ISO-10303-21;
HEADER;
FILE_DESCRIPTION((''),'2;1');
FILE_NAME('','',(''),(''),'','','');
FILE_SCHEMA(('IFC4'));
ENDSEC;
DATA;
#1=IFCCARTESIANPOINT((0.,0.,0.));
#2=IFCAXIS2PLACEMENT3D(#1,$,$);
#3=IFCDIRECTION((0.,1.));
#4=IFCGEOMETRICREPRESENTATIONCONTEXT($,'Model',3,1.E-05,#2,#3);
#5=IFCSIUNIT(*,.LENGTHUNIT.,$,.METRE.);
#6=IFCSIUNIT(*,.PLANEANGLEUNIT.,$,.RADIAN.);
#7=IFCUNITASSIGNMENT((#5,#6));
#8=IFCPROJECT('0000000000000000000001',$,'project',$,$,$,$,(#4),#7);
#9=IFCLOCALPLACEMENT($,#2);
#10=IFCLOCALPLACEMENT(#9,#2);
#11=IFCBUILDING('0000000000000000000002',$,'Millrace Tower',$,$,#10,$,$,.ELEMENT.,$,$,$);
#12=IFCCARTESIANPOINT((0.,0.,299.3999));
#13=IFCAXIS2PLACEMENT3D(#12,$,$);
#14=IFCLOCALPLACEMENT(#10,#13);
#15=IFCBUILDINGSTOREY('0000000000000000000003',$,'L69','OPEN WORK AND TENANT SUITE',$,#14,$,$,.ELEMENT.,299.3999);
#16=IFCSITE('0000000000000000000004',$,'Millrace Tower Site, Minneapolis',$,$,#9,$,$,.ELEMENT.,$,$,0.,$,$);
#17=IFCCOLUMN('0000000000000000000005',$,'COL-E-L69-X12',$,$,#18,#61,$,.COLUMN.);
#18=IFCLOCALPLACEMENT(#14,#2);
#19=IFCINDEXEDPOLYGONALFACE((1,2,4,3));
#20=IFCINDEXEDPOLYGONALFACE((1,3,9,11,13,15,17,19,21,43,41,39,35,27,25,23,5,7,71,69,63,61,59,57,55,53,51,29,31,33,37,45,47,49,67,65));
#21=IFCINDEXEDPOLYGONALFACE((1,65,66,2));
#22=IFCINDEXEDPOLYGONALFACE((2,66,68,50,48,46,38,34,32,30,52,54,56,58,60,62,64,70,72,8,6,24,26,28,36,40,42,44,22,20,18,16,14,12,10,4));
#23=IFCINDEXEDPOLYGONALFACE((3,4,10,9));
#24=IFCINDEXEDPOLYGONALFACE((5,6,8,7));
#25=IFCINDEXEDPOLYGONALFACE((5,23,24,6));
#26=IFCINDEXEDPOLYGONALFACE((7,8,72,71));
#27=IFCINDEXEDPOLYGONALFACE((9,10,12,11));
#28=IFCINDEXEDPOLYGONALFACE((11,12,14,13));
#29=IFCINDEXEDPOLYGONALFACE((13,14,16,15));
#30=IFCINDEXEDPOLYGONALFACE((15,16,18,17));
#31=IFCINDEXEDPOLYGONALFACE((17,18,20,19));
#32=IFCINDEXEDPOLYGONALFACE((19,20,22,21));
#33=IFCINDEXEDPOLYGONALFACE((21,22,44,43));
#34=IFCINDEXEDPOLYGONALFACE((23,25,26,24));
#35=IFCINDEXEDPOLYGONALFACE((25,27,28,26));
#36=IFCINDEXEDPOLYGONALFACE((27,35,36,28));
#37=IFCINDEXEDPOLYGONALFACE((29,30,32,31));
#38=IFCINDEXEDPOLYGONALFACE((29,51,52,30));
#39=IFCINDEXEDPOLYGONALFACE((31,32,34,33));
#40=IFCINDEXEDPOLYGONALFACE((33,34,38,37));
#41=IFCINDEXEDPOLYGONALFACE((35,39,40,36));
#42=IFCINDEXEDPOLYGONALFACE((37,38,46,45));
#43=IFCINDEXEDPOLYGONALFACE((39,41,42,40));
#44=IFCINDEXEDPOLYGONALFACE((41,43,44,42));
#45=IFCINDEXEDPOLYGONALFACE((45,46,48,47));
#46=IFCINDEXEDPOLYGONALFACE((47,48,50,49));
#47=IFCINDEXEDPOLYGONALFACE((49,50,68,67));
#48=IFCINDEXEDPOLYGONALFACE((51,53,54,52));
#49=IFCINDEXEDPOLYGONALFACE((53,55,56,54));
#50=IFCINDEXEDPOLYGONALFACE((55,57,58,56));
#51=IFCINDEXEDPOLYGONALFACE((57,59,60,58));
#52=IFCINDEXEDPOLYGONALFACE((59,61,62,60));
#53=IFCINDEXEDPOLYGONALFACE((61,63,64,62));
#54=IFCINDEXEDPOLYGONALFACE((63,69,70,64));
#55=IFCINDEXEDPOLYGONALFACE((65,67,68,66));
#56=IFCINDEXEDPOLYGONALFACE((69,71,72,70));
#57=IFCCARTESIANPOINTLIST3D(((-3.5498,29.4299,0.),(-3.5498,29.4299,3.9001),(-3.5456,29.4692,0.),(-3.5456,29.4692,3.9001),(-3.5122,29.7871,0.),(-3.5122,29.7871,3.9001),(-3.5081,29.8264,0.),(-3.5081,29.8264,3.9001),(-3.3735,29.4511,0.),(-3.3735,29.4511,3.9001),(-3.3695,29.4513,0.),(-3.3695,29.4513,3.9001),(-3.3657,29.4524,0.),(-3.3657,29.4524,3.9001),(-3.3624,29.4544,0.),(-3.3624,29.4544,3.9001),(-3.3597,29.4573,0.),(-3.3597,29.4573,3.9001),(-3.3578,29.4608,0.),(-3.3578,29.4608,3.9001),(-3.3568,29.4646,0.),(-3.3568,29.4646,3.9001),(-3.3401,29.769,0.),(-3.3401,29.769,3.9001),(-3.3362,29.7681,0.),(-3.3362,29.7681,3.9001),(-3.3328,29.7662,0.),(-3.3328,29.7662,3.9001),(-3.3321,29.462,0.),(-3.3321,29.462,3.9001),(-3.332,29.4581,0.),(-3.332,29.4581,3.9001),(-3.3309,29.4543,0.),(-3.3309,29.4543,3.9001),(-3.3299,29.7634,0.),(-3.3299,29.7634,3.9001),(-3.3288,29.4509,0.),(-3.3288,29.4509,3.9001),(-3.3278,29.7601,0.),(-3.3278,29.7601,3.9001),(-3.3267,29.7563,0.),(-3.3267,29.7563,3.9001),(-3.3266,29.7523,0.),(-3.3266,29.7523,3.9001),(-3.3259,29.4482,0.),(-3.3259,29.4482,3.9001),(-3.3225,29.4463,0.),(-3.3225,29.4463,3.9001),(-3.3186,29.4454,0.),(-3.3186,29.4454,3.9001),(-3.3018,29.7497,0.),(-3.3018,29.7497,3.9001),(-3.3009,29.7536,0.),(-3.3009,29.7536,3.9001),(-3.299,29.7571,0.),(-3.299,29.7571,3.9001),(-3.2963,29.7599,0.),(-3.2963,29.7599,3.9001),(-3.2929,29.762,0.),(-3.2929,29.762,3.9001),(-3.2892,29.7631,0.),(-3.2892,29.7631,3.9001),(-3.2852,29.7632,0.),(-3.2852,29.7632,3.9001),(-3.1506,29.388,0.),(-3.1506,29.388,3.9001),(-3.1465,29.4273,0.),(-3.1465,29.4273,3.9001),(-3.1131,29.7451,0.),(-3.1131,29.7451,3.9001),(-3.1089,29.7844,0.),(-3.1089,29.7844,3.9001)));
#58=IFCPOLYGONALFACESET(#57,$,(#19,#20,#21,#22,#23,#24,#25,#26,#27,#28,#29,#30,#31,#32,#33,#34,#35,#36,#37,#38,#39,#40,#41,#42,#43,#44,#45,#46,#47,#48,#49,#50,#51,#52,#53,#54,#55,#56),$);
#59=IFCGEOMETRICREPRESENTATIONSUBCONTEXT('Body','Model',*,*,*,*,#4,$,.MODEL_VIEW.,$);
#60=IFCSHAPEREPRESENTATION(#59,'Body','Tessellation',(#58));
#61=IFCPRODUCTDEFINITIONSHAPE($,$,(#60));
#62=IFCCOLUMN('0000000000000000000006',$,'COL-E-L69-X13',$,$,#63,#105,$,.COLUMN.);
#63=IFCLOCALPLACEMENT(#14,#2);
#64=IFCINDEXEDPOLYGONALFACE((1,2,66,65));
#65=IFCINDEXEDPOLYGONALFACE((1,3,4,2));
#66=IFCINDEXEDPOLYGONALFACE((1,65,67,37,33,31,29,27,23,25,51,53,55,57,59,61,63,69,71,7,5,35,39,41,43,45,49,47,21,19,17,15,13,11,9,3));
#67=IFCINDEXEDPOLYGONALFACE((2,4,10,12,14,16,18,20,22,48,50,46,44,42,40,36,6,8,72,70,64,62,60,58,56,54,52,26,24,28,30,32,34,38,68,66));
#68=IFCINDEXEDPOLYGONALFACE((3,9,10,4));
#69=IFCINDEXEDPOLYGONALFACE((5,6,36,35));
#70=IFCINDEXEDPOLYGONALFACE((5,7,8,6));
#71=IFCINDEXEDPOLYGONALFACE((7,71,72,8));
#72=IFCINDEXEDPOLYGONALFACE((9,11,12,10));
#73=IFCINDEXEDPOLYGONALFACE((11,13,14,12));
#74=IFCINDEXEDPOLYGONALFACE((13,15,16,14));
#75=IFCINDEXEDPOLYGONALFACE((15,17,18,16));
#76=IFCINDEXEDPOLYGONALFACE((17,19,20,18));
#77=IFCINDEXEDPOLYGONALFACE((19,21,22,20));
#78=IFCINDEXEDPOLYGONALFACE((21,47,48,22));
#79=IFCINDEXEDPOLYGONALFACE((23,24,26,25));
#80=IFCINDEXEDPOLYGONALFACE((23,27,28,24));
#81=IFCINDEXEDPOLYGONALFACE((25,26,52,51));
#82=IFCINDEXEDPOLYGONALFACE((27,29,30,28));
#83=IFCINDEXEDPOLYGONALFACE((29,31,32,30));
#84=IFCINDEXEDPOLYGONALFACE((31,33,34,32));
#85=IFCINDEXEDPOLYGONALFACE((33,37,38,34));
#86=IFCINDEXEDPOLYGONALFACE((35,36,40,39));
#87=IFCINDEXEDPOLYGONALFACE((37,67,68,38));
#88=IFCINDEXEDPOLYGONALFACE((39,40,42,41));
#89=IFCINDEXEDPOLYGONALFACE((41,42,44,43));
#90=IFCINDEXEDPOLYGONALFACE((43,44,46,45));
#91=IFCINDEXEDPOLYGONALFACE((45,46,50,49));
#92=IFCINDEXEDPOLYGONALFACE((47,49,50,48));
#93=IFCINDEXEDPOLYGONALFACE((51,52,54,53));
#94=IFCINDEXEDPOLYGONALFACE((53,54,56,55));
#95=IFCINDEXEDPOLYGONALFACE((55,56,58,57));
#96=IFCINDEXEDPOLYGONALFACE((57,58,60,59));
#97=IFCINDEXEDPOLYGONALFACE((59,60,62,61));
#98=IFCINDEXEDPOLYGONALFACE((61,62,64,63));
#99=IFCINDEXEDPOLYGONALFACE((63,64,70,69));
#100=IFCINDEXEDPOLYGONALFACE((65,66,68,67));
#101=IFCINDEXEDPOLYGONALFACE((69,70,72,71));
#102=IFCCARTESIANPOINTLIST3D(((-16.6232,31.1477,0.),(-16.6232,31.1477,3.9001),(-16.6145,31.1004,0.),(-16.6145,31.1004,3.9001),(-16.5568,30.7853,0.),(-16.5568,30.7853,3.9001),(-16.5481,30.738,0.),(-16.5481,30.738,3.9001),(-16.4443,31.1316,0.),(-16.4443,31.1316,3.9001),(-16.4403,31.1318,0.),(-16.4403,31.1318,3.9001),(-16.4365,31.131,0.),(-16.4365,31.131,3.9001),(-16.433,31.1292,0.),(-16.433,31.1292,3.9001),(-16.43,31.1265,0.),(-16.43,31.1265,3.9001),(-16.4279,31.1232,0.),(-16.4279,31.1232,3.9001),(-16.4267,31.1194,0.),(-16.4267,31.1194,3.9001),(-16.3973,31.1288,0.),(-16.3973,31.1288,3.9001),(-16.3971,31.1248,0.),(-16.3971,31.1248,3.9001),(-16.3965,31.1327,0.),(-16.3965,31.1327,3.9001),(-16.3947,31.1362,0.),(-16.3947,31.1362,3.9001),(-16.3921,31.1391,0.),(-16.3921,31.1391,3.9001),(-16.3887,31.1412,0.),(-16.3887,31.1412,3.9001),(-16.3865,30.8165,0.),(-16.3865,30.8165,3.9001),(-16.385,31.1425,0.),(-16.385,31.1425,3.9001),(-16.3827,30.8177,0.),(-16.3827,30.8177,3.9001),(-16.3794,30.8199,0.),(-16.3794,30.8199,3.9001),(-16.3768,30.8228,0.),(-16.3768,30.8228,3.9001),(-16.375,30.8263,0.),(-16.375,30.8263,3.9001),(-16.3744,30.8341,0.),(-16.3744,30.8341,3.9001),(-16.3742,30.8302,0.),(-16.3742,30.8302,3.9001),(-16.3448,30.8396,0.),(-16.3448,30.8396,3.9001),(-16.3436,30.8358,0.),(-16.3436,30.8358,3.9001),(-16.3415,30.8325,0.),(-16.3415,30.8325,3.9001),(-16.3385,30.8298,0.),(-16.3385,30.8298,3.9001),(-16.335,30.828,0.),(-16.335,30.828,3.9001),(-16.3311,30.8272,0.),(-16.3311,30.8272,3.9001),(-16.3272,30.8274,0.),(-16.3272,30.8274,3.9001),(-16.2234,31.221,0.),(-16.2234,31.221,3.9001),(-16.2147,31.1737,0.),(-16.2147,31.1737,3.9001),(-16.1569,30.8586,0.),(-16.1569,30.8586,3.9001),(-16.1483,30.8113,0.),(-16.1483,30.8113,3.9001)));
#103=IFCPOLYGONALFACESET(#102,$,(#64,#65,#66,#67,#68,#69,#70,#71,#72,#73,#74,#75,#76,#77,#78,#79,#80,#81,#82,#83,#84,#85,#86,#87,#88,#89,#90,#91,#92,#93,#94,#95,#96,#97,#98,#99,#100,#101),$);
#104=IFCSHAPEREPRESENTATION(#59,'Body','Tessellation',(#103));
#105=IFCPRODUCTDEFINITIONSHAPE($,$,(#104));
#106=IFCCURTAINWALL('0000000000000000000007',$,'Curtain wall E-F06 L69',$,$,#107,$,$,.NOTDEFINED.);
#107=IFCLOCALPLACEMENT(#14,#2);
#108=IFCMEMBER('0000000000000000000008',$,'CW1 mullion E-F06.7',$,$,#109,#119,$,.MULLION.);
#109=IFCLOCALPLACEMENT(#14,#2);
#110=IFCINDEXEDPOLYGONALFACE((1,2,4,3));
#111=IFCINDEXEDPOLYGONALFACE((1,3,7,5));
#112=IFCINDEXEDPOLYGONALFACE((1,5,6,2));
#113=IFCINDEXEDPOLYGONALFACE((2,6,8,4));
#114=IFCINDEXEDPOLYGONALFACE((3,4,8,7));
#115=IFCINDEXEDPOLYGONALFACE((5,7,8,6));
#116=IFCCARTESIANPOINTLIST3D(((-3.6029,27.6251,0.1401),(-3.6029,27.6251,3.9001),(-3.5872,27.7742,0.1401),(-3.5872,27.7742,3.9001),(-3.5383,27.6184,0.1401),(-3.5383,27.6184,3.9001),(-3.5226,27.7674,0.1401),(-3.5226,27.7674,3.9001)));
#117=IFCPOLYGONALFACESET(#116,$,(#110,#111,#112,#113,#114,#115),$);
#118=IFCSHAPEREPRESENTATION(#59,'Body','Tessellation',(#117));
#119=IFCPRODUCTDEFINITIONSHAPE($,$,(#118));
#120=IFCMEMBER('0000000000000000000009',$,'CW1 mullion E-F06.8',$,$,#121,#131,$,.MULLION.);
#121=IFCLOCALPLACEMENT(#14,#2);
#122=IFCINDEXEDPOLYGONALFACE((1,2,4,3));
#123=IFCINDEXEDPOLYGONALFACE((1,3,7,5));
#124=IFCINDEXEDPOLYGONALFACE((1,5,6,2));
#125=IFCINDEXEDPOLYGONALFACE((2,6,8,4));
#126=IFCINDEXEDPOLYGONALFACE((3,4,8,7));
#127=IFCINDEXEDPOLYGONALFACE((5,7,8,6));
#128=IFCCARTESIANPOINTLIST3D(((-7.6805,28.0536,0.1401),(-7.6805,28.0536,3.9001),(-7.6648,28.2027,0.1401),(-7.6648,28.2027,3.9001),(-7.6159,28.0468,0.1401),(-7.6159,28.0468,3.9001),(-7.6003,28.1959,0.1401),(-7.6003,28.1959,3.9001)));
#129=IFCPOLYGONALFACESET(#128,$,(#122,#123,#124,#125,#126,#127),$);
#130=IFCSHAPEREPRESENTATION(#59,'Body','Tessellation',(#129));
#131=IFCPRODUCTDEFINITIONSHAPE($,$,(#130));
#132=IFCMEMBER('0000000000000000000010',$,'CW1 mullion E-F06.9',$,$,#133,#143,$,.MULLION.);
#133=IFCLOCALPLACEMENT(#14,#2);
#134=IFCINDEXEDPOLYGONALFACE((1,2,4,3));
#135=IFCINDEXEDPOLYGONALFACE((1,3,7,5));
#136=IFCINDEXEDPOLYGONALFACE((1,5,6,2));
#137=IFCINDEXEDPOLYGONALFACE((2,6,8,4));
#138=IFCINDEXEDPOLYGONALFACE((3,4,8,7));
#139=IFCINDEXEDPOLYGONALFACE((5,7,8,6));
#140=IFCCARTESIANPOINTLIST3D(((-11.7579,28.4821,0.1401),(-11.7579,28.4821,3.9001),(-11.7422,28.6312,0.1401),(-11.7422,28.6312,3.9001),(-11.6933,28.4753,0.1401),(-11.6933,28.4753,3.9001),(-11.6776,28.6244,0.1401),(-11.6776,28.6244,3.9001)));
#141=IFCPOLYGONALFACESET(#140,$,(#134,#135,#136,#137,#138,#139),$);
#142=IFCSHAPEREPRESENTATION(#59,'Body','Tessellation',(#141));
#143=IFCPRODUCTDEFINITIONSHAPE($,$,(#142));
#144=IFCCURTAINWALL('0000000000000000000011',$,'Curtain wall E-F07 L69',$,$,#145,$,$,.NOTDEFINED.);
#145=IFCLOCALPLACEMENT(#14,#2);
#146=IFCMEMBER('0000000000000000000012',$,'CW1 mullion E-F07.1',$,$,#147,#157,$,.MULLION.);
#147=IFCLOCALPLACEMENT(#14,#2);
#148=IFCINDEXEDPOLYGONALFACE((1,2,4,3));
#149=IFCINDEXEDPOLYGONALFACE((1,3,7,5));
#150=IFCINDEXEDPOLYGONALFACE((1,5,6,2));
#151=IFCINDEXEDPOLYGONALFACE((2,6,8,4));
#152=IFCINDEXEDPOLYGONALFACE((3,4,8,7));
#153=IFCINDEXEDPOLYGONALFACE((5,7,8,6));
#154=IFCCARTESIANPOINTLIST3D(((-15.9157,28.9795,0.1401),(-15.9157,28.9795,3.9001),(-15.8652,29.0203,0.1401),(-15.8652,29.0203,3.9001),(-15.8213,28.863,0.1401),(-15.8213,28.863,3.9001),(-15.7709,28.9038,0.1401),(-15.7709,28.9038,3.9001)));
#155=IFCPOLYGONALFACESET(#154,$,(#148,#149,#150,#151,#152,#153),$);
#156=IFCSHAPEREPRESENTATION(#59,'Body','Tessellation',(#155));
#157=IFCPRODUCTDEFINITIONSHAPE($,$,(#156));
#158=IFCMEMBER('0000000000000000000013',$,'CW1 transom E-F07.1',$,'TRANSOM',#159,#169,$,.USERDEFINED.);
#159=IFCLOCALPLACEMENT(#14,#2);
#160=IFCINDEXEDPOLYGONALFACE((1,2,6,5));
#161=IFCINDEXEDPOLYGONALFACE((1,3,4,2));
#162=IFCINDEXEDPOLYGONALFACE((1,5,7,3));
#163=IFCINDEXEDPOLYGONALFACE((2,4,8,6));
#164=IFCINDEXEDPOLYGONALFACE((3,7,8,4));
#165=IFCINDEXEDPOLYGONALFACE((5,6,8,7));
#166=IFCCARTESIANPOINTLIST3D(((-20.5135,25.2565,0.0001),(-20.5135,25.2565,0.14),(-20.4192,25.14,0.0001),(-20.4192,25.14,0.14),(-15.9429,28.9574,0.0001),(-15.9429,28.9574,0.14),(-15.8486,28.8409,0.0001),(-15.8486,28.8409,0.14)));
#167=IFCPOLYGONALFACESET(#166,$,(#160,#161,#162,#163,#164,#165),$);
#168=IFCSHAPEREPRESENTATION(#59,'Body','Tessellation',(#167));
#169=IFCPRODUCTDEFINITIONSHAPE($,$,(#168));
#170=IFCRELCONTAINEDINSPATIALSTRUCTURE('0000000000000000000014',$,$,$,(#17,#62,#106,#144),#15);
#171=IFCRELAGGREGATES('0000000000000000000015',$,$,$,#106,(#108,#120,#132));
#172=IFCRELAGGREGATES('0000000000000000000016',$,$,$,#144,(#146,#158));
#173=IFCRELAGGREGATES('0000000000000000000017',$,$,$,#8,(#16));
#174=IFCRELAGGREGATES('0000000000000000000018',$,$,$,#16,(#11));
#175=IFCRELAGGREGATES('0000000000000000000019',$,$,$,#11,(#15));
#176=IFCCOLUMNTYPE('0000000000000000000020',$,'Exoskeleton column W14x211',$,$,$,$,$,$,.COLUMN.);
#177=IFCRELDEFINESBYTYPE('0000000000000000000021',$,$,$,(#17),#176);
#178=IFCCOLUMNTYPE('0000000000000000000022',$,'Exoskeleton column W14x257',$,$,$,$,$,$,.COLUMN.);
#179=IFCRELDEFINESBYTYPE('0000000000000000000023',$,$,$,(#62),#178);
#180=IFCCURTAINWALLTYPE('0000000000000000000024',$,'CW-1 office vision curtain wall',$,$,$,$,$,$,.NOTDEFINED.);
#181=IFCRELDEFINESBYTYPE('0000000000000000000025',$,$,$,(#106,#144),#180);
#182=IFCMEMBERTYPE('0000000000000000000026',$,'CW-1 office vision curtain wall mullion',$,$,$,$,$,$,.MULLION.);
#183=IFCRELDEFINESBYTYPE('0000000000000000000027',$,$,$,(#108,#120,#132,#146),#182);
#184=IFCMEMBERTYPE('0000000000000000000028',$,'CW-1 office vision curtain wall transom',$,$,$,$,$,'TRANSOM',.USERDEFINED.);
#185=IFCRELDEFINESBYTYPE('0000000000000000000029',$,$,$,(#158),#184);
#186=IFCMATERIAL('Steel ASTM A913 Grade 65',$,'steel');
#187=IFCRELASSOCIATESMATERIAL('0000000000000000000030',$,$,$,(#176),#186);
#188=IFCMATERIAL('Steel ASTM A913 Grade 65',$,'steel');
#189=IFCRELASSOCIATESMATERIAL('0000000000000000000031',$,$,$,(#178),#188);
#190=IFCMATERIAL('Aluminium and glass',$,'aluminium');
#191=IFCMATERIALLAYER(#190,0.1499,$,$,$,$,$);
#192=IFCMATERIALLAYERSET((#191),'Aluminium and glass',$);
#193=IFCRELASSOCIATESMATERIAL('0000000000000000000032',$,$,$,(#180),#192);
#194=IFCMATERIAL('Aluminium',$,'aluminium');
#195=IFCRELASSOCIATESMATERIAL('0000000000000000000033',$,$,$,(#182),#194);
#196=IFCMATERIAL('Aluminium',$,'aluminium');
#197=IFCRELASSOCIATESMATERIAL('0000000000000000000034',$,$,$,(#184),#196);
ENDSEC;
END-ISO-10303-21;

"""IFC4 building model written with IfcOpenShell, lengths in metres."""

from ifc_helpers import new_model, si_unit, direction, frame, origin, origin_2d, place, context, subcontext, project, spatial, rectangle, i_section, extrude, material, layer, layer_set, material_profile, profile_set, type_object, element, aggregate, save


model = new_model("IFC4")

# Units and contexts
model_context = context("Model", 3, precision=1e-05, world=origin(), true_north=direction((0.0, 1.0)))
body_context = subcontext(model_context, "Body", "Model", "MODEL_VIEW")
ifc_project = project(units=[si_unit("LENGTHUNIT", "METRE"), si_unit("PLANEANGLEUNIT", "RADIAN")], contexts=[model_context])

# Site, building, storey
site_placement = place(None, origin())
site = spatial("IfcSite", under=ifc_project, at=site_placement, Name="Millrace Tower Site, Minneapolis", CompositionType="ELEMENT", RefElevation=0.0)
building_placement = place(site_placement, origin())
building = spatial("IfcBuilding", under=site, at=building_placement, Name="Millrace Tower", CompositionType="ELEMENT")
storey_placement = place(building_placement, frame((0.0, 0.0, 299.3999)))
storey = spatial("IfcBuildingStorey", under=building, at=storey_placement, Name="L69", Description="OPEN WORK AND TENANT SUITE", CompositionType="ELEMENT", Elevation=299.3999)

# Columns
ifc_material_1 = material(Name="Steel ASTM A913 Grade 65", Category="steel")
ifc_material_profile_1 = material_profile(ifc_material_1, i_section(OverallWidth=0.4014, OverallDepth=0.3987, WebThickness=0.0249, FlangeThickness=0.0396, FilletRadius=0.0151, at=origin_2d()))
ifc_profile_set_1 = profile_set([ifc_material_profile_1], Name="Steel ASTM A913 Grade 65")
column_type_1 = type_object("IfcColumnType", Name="Exoskeleton column W14x211", PredefinedType="COLUMN", material=ifc_profile_set_1)
column_1_placement = place(storey_placement, frame((-3.3293, 29.6072, 0.0), z_axis=(0.0, 0.0, 1.0), x_axis=(-0.994522, 0.104528, 0.0)))
element("IfcColumn", 1, at=column_1_placement, inside=storey, type_object=column_type_1, Name="COL-E-L69-X12", PredefinedType="COLUMN", context=body_context, shape_type="SweptSolid", body=[
    extrude(i_section(OverallWidth=0.4014, OverallDepth=0.3987, WebThickness=0.0249, FlangeThickness=0.0396, FilletRadius=0.0151, at=origin_2d()), origin(), (0.0, 0.0, 1.0), 3.9001),
])
ifc_material_2 = material(Name="Steel ASTM A913 Grade 65", Category="steel")
ifc_material_profile_2 = material_profile(ifc_material_2, i_section(OverallWidth=0.4065, OverallDepth=0.4165, WebThickness=0.03, FlangeThickness=0.0481, FilletRadius=0.0151, at=origin_2d()))
ifc_profile_set_2 = profile_set([ifc_material_profile_2], Name="Steel ASTM A913 Grade 65")
column_type_2 = type_object("IfcColumnType", Name="Exoskeleton column W14x257", PredefinedType="COLUMN", material=ifc_profile_set_2)
column_2_placement = place(storey_placement, frame((-16.3857, 30.9795, 0.0), z_axis=(0.0, 0.0, 1.0), x_axis=(-0.983596, -0.180387, 0.0)))
element("IfcColumn", 2, at=column_2_placement, inside=storey, type_object=column_type_2, Name="COL-E-L69-X13", PredefinedType="COLUMN", context=body_context, shape_type="SweptSolid", body=[
    extrude(i_section(OverallWidth=0.4065, OverallDepth=0.4165, WebThickness=0.03, FlangeThickness=0.0481, FilletRadius=0.0151, at=origin_2d()), origin(), (0.0, 0.0, 1.0), 3.9001),
])

# Curtain walls, members
ifc_material_3 = material(Name="Aluminium and glass", Category="aluminium")
ifc_layer_1 = layer(ifc_material_3, 0.1499)
ifc_layer_set_1 = layer_set([ifc_layer_1], Name="Aluminium and glass")
curtain_wall_type = type_object("IfcCurtainWallType", Name="CW-1 office vision curtain wall", PredefinedType="NOTDEFINED", material=ifc_layer_set_1)
placement = place(storey_placement, origin())
curtain_wall_1 = element("IfcCurtainWall", 3, at=placement, inside=storey, type_object=curtain_wall_type, Name="Curtain wall E-F06 L69", PredefinedType="NOTDEFINED")
ifc_material_4 = material(Name="Aluminium", Category="aluminium")
ifc_material_profile_3 = material_profile(ifc_material_4, rectangle(XDim=0.0649, YDim=0.1499, at=origin_2d()))
ifc_profile_set_3 = profile_set([ifc_material_profile_3], Name="Aluminium")
member_type_1 = type_object("IfcMemberType", Name="CW-1 office vision curtain wall mullion", PredefinedType="MULLION", material=ifc_profile_set_3)
member_1_placement = place(storey_placement, frame((-3.5627, 27.6963, 0.1401), z_axis=(0.0, 0.0, 1.0), x_axis=(-0.994522, 0.104528, 0.0)))
member_1 = element("IfcMember", 4, at=member_1_placement, type_object=member_type_1, Name="CW1 mullion E-F06.7", PredefinedType="MULLION", context=body_context, shape_type="SweptSolid", body=[
    extrude(rectangle(XDim=0.0649, YDim=0.1499, at=origin_2d()), origin(), (0.0, 0.0, 1.0), 3.76),
])
member_2_placement = place(storey_placement, frame((-7.6404, 28.1248, 0.1401), z_axis=(0.0, 0.0, 1.0), x_axis=(-0.994522, 0.104528, 0.0)))
member_2 = element("IfcMember", 5, at=member_2_placement, type_object=member_type_1, Name="CW1 mullion E-F06.8", PredefinedType="MULLION", context=body_context, shape_type="SweptSolid", body=[
    extrude(rectangle(XDim=0.0649, YDim=0.1499, at=origin_2d()), origin(), (0.0, 0.0, 1.0), 3.76),
])
member_3_placement = place(storey_placement, frame((-11.7178, 28.5532, 0.1401), z_axis=(0.0, 0.0, 1.0), x_axis=(-0.994522, 0.104528, 0.0)))
member_3 = element("IfcMember", 6, at=member_3_placement, type_object=member_type_1, Name="CW1 mullion E-F06.9", PredefinedType="MULLION", context=body_context, shape_type="SweptSolid", body=[
    extrude(rectangle(XDim=0.0649, YDim=0.1499, at=origin_2d()), origin(), (0.0, 0.0, 1.0), 3.76),
])
aggregate(curtain_wall_1, [member_1, member_2, member_3])
curtain_wall_2 = element("IfcCurtainWall", 7, at=placement, inside=storey, type_object=curtain_wall_type, Name="Curtain wall E-F07 L69", PredefinedType="NOTDEFINED")
member_4_placement = place(storey_placement, frame((-15.8433, 28.9417, 0.1401), z_axis=(0.0, 0.0, 1.0), x_axis=(-0.777146, -0.62932, 0.0)))
member_4 = element("IfcMember", 8, at=member_4_placement, type_object=member_type_1, Name="CW1 mullion E-F07.1", PredefinedType="MULLION", context=body_context, shape_type="SweptSolid", body=[
    extrude(rectangle(XDim=0.0649, YDim=0.1499, at=origin_2d()), origin(), (0.0, 0.0, 1.0), 3.76),
])
ifc_material_5 = material(Name="Aluminium", Category="aluminium")
ifc_material_profile_4 = material_profile(ifc_material_5, rectangle(XDim=0.1499, YDim=0.1399, at=origin_2d()))
ifc_profile_set_4 = profile_set([ifc_material_profile_4], Name="Aluminium")
member_type_2 = type_object("IfcMemberType", Name="CW-1 office vision curtain wall transom", ElementType="TRANSOM", PredefinedType="USERDEFINED", material=ifc_profile_set_4)
member_5_placement = place(storey_placement, frame((-15.8958, 28.8992, 0.0701), z_axis=(-0.777166, -0.629296, 0.0), x_axis=(0.629296, -0.777166, 0.0)))
member_5 = element("IfcMember", 9, at=member_5_placement, type_object=member_type_2, Name="CW1 transom E-F07.1", ObjectType="TRANSOM", PredefinedType="USERDEFINED", context=body_context, shape_type="SweptSolid", body=[
    extrude(rectangle(XDim=0.1499, YDim=0.1399, at=origin_2d()), origin(), (0.0, 0.0, 1.0), 5.8811),
])
aggregate(curtain_wall_2, [member_4, member_5])

save(model, "model.ifc")
